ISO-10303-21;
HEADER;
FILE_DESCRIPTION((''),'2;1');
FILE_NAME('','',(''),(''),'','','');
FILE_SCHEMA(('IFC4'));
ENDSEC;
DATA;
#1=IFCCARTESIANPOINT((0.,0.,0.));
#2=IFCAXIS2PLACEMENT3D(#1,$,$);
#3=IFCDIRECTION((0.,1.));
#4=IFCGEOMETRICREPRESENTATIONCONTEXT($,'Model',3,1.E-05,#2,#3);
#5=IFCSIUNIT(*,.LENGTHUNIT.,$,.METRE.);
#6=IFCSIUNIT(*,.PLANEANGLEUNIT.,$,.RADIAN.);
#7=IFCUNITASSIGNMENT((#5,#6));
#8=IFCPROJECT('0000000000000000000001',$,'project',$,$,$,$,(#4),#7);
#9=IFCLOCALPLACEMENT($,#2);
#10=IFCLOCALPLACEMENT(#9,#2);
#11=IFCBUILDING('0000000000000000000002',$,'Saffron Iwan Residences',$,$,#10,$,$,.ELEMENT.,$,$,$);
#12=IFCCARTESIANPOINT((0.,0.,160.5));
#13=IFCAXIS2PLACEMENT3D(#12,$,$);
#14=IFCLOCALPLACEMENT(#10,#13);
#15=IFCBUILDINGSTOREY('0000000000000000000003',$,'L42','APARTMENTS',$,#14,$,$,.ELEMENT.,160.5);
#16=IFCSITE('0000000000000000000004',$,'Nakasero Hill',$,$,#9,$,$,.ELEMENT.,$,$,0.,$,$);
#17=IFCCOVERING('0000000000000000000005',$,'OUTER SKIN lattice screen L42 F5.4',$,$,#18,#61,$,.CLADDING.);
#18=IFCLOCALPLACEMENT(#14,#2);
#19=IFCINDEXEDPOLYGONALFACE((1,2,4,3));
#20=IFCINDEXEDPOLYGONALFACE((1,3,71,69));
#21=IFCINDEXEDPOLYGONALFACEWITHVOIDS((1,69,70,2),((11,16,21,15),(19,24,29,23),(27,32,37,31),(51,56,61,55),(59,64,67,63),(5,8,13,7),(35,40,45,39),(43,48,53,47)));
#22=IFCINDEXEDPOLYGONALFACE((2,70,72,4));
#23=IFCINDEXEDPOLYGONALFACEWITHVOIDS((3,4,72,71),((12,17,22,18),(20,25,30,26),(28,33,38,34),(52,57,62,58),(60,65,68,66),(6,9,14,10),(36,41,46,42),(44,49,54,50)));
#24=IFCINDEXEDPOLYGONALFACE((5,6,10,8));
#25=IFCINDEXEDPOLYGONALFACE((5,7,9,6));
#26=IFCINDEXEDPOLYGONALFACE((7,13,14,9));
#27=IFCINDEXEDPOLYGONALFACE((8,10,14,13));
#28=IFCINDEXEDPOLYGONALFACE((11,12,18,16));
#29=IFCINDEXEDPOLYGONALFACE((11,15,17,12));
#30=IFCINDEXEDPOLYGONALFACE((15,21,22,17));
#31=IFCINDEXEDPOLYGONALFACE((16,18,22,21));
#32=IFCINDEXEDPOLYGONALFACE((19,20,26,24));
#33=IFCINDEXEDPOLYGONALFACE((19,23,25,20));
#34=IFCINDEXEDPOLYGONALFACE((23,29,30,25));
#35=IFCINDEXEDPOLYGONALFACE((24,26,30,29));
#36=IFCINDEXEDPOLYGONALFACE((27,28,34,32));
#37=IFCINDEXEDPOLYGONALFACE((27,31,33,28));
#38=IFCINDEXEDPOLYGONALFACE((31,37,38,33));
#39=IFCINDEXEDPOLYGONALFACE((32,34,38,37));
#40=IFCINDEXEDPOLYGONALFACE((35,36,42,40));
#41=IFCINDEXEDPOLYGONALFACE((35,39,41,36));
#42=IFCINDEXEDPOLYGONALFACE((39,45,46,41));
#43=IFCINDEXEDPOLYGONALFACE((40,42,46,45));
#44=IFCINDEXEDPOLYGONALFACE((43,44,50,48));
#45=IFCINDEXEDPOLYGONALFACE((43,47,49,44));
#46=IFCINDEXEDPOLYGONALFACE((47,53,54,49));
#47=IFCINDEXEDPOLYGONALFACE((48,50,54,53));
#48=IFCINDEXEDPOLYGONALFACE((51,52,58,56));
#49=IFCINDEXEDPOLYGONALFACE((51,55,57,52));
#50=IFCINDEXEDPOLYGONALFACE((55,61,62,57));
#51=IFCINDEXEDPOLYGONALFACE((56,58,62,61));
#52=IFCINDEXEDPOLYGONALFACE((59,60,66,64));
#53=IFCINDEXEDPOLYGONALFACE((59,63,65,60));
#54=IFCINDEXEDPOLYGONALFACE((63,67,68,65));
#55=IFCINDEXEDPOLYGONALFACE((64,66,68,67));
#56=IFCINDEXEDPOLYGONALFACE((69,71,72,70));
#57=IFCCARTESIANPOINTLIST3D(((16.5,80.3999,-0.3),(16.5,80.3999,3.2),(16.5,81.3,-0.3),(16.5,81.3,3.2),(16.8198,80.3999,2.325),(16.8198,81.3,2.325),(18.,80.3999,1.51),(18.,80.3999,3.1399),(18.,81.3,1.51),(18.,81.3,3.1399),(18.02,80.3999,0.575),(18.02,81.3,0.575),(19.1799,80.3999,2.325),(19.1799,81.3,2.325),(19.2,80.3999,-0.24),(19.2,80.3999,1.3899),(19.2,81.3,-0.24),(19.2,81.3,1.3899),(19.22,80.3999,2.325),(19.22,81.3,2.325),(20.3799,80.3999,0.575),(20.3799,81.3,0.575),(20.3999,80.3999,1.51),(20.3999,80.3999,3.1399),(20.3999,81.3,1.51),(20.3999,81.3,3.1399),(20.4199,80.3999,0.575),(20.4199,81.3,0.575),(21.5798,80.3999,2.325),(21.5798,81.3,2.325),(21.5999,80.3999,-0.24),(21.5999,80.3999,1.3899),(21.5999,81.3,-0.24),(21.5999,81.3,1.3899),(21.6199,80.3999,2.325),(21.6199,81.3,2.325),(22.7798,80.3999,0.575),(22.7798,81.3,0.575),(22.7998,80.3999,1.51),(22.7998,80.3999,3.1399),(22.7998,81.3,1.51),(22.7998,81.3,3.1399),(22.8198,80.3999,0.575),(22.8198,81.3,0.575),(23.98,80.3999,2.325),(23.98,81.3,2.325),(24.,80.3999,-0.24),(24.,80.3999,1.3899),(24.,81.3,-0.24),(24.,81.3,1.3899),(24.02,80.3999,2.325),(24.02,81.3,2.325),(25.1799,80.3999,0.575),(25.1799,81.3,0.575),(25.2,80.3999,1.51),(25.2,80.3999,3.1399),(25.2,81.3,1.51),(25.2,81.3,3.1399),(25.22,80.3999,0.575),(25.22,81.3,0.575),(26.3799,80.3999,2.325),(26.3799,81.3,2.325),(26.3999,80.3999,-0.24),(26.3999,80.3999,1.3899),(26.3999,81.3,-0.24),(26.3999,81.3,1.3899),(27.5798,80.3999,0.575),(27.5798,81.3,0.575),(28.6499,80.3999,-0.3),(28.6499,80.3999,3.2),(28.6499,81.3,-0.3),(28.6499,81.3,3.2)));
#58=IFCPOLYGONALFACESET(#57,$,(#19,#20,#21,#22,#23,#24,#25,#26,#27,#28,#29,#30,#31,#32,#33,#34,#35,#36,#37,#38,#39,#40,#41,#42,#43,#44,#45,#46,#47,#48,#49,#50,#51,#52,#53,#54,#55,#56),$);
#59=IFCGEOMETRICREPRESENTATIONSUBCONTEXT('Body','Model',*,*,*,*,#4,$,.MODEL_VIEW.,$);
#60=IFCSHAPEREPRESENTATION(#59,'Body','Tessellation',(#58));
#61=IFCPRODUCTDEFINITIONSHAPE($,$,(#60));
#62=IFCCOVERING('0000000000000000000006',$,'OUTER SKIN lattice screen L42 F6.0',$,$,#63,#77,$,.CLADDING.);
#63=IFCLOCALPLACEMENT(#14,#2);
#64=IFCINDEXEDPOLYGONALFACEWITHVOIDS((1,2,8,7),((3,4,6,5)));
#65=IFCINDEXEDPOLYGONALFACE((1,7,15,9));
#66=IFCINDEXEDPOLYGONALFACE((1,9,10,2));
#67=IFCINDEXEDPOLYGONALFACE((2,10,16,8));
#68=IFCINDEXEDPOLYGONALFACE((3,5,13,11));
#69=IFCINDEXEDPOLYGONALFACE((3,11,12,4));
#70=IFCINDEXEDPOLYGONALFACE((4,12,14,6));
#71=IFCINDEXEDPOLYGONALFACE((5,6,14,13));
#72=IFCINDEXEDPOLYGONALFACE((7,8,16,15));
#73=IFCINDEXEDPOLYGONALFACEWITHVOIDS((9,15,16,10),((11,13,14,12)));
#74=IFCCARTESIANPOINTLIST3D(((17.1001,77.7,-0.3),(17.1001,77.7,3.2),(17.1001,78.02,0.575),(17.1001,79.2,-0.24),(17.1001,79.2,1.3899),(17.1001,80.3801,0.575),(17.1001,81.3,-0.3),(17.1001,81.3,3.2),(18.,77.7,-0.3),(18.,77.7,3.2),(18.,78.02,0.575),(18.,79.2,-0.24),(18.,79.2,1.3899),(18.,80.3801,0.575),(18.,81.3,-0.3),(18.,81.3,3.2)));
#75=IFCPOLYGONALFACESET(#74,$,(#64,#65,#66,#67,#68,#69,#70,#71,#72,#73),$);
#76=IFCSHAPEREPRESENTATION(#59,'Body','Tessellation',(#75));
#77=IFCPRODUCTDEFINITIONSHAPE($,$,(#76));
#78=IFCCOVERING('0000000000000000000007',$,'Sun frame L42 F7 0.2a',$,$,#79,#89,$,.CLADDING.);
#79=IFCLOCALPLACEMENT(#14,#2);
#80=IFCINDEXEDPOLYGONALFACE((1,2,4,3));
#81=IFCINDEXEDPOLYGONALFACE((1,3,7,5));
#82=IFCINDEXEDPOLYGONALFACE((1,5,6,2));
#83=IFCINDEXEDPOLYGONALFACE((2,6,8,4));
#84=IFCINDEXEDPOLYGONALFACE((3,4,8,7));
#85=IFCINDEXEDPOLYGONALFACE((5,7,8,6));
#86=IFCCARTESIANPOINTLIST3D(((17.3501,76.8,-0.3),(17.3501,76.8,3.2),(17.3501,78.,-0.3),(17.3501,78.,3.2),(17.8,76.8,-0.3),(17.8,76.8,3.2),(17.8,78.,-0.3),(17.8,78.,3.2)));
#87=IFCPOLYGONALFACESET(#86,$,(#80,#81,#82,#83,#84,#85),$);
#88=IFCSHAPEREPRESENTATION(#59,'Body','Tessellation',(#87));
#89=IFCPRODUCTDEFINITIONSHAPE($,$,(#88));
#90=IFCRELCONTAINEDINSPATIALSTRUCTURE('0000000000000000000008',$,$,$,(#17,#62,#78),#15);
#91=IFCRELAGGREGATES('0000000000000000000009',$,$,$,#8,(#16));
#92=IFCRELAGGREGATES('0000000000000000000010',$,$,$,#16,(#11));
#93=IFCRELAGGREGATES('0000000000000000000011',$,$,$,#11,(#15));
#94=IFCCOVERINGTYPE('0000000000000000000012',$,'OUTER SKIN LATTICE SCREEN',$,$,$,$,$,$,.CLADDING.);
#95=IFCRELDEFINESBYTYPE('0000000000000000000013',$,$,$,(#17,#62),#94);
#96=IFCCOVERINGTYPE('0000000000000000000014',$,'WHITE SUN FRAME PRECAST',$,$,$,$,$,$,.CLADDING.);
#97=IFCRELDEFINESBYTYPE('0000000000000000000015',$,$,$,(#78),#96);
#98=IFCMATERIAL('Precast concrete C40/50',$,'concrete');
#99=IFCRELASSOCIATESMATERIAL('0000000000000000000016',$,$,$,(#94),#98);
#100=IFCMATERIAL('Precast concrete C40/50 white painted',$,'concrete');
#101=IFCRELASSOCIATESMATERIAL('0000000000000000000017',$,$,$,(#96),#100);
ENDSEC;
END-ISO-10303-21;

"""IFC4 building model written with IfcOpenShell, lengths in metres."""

from ifc_helpers import new_model, si_unit, direction, frame, origin, place, context, subcontext, project, spatial, polyline, outline, extrude, material, type_object, element, save


model = new_model("IFC4")

# Units and contexts
model_context = context("Model", 3, precision=1e-05, world=origin(), true_north=direction((0.0, 1.0)))
body_context = subcontext(model_context, "Body", "Model", "MODEL_VIEW")
ifc_project = project(units=[si_unit("LENGTHUNIT", "METRE"), si_unit("PLANEANGLEUNIT", "RADIAN")], contexts=[model_context])

# Site, building, storey
site_placement = place(None, origin())
site = spatial("IfcSite", under=ifc_project, at=site_placement, Name="Nakasero Hill", CompositionType="ELEMENT", RefElevation=0.0)
building_placement = place(site_placement, origin())
building = spatial("IfcBuilding", under=site, at=building_placement, Name="Saffron Iwan Residences", CompositionType="ELEMENT")
storey_placement = place(building_placement, frame((0.0, 0.0, 160.5)))
storey = spatial("IfcBuildingStorey", under=building, at=storey_placement, Name="L42", Description="APARTMENTS", CompositionType="ELEMENT", Elevation=160.5)

# Coverings
ifc_material_1 = material(Name="Precast concrete C40/50", Category="concrete")
covering_type_1 = type_object("IfcCoveringType", Name="OUTER SKIN LATTICE SCREEN", PredefinedType="CLADDING", material=ifc_material_1)
covering_1_placement = place(storey_placement, frame((28.6499, 80.3999, -0.3), z_axis=(0.0, 1.0, 0.0), x_axis=(-1.0, 0.0, 0.0)))
element("IfcCovering", 1, at=covering_1_placement, inside=storey, type_object=covering_type_1, Name="OUTER SKIN lattice screen L42 F5.4", PredefinedType="CLADDING", context=body_context, shape_type="SweptSolid", body=[
    extrude(outline(polyline([(0.0, 0.0), (12.1499, 0.0), (12.1499, 3.5), (0.0, 3.5), (0.0, 0.0)]), holes=[polyline([(1.0701, 0.875), (2.25, 0.0601), (3.4299, 0.875), (2.25, 1.6899), (1.0701, 0.875)]), polyline([(3.47, 0.875), (4.6499, 0.0601), (5.8301, 0.875), (4.6499, 1.6899), (3.47, 0.875)]), polyline([(5.8701, 0.875), (7.05, 0.0601), (8.23, 0.875), (7.05, 1.6899), (5.8701, 0.875)]), polyline([(8.27, 0.875), (9.45, 0.0601), (10.6299, 0.875), (9.45, 1.6899), (8.27, 0.875)]), polyline([(2.27, 2.625), (3.45, 1.8101), (4.6299, 2.625), (3.45, 3.4399), (2.27, 2.625)]), polyline([(4.6699, 2.625), (5.8501, 1.8101), (7.03, 2.625), (5.8501, 3.4399), (4.6699, 2.625)]), polyline([(7.0701, 2.625), (8.25, 1.8101), (9.4299, 2.625), (8.25, 3.4399), (7.0701, 2.625)]), polyline([(9.47, 2.625), (10.6499, 1.8101), (11.8301, 2.625), (10.6499, 3.4399), (9.47, 2.625)])]), origin(), (0.0, 0.0, 1.0), 0.9001),
])
covering_2_placement = place(storey_placement, frame((18.0, 81.3, -0.3), z_axis=(-1.0, 0.0, 0.0), x_axis=(0.0, -1.0, 0.0)))
element("IfcCovering", 2, at=covering_2_placement, inside=storey, type_object=covering_type_1, Name="OUTER SKIN lattice screen L42 F6.0", PredefinedType="CLADDING", context=body_context, shape_type="SweptSolid", body=[
    extrude(outline(polyline([(0.0, 0.0), (3.6001, 0.0), (3.6001, 3.5), (0.0, 3.5), (0.0, 0.0)]), holes=[polyline([(0.9199, 0.875), (2.1001, 0.0601), (3.28, 0.875), (2.1001, 1.6899), (0.9199, 0.875)])]), origin(), (0.0, 0.0, 1.0), 0.8999),
])
ifc_material_2 = material(Name="Precast concrete C40/50 white painted", Category="concrete")
covering_type_2 = type_object("IfcCoveringType", Name="WHITE SUN FRAME PRECAST", PredefinedType="CLADDING", material=ifc_material_2)
covering_3_placement = place(storey_placement, frame((17.8, 76.8, -0.3), z_axis=(0.0, 1.0, 0.0), x_axis=(-1.0, 0.0, 0.0)))
element("IfcCovering", 3, at=covering_3_placement, inside=storey, type_object=covering_type_2, Name="Sun frame L42 F7 0.2a", PredefinedType="CLADDING", context=body_context, shape_type="SweptSolid", body=[
    extrude(outline(polyline([(0.0, 0.0), (0.45, 0.0), (0.45, 3.5), (0.0, 3.5), (0.0, 0.0)])), origin(), (0.0, 0.0, 1.0), 1.2),
])

save(model, "model.ifc")
